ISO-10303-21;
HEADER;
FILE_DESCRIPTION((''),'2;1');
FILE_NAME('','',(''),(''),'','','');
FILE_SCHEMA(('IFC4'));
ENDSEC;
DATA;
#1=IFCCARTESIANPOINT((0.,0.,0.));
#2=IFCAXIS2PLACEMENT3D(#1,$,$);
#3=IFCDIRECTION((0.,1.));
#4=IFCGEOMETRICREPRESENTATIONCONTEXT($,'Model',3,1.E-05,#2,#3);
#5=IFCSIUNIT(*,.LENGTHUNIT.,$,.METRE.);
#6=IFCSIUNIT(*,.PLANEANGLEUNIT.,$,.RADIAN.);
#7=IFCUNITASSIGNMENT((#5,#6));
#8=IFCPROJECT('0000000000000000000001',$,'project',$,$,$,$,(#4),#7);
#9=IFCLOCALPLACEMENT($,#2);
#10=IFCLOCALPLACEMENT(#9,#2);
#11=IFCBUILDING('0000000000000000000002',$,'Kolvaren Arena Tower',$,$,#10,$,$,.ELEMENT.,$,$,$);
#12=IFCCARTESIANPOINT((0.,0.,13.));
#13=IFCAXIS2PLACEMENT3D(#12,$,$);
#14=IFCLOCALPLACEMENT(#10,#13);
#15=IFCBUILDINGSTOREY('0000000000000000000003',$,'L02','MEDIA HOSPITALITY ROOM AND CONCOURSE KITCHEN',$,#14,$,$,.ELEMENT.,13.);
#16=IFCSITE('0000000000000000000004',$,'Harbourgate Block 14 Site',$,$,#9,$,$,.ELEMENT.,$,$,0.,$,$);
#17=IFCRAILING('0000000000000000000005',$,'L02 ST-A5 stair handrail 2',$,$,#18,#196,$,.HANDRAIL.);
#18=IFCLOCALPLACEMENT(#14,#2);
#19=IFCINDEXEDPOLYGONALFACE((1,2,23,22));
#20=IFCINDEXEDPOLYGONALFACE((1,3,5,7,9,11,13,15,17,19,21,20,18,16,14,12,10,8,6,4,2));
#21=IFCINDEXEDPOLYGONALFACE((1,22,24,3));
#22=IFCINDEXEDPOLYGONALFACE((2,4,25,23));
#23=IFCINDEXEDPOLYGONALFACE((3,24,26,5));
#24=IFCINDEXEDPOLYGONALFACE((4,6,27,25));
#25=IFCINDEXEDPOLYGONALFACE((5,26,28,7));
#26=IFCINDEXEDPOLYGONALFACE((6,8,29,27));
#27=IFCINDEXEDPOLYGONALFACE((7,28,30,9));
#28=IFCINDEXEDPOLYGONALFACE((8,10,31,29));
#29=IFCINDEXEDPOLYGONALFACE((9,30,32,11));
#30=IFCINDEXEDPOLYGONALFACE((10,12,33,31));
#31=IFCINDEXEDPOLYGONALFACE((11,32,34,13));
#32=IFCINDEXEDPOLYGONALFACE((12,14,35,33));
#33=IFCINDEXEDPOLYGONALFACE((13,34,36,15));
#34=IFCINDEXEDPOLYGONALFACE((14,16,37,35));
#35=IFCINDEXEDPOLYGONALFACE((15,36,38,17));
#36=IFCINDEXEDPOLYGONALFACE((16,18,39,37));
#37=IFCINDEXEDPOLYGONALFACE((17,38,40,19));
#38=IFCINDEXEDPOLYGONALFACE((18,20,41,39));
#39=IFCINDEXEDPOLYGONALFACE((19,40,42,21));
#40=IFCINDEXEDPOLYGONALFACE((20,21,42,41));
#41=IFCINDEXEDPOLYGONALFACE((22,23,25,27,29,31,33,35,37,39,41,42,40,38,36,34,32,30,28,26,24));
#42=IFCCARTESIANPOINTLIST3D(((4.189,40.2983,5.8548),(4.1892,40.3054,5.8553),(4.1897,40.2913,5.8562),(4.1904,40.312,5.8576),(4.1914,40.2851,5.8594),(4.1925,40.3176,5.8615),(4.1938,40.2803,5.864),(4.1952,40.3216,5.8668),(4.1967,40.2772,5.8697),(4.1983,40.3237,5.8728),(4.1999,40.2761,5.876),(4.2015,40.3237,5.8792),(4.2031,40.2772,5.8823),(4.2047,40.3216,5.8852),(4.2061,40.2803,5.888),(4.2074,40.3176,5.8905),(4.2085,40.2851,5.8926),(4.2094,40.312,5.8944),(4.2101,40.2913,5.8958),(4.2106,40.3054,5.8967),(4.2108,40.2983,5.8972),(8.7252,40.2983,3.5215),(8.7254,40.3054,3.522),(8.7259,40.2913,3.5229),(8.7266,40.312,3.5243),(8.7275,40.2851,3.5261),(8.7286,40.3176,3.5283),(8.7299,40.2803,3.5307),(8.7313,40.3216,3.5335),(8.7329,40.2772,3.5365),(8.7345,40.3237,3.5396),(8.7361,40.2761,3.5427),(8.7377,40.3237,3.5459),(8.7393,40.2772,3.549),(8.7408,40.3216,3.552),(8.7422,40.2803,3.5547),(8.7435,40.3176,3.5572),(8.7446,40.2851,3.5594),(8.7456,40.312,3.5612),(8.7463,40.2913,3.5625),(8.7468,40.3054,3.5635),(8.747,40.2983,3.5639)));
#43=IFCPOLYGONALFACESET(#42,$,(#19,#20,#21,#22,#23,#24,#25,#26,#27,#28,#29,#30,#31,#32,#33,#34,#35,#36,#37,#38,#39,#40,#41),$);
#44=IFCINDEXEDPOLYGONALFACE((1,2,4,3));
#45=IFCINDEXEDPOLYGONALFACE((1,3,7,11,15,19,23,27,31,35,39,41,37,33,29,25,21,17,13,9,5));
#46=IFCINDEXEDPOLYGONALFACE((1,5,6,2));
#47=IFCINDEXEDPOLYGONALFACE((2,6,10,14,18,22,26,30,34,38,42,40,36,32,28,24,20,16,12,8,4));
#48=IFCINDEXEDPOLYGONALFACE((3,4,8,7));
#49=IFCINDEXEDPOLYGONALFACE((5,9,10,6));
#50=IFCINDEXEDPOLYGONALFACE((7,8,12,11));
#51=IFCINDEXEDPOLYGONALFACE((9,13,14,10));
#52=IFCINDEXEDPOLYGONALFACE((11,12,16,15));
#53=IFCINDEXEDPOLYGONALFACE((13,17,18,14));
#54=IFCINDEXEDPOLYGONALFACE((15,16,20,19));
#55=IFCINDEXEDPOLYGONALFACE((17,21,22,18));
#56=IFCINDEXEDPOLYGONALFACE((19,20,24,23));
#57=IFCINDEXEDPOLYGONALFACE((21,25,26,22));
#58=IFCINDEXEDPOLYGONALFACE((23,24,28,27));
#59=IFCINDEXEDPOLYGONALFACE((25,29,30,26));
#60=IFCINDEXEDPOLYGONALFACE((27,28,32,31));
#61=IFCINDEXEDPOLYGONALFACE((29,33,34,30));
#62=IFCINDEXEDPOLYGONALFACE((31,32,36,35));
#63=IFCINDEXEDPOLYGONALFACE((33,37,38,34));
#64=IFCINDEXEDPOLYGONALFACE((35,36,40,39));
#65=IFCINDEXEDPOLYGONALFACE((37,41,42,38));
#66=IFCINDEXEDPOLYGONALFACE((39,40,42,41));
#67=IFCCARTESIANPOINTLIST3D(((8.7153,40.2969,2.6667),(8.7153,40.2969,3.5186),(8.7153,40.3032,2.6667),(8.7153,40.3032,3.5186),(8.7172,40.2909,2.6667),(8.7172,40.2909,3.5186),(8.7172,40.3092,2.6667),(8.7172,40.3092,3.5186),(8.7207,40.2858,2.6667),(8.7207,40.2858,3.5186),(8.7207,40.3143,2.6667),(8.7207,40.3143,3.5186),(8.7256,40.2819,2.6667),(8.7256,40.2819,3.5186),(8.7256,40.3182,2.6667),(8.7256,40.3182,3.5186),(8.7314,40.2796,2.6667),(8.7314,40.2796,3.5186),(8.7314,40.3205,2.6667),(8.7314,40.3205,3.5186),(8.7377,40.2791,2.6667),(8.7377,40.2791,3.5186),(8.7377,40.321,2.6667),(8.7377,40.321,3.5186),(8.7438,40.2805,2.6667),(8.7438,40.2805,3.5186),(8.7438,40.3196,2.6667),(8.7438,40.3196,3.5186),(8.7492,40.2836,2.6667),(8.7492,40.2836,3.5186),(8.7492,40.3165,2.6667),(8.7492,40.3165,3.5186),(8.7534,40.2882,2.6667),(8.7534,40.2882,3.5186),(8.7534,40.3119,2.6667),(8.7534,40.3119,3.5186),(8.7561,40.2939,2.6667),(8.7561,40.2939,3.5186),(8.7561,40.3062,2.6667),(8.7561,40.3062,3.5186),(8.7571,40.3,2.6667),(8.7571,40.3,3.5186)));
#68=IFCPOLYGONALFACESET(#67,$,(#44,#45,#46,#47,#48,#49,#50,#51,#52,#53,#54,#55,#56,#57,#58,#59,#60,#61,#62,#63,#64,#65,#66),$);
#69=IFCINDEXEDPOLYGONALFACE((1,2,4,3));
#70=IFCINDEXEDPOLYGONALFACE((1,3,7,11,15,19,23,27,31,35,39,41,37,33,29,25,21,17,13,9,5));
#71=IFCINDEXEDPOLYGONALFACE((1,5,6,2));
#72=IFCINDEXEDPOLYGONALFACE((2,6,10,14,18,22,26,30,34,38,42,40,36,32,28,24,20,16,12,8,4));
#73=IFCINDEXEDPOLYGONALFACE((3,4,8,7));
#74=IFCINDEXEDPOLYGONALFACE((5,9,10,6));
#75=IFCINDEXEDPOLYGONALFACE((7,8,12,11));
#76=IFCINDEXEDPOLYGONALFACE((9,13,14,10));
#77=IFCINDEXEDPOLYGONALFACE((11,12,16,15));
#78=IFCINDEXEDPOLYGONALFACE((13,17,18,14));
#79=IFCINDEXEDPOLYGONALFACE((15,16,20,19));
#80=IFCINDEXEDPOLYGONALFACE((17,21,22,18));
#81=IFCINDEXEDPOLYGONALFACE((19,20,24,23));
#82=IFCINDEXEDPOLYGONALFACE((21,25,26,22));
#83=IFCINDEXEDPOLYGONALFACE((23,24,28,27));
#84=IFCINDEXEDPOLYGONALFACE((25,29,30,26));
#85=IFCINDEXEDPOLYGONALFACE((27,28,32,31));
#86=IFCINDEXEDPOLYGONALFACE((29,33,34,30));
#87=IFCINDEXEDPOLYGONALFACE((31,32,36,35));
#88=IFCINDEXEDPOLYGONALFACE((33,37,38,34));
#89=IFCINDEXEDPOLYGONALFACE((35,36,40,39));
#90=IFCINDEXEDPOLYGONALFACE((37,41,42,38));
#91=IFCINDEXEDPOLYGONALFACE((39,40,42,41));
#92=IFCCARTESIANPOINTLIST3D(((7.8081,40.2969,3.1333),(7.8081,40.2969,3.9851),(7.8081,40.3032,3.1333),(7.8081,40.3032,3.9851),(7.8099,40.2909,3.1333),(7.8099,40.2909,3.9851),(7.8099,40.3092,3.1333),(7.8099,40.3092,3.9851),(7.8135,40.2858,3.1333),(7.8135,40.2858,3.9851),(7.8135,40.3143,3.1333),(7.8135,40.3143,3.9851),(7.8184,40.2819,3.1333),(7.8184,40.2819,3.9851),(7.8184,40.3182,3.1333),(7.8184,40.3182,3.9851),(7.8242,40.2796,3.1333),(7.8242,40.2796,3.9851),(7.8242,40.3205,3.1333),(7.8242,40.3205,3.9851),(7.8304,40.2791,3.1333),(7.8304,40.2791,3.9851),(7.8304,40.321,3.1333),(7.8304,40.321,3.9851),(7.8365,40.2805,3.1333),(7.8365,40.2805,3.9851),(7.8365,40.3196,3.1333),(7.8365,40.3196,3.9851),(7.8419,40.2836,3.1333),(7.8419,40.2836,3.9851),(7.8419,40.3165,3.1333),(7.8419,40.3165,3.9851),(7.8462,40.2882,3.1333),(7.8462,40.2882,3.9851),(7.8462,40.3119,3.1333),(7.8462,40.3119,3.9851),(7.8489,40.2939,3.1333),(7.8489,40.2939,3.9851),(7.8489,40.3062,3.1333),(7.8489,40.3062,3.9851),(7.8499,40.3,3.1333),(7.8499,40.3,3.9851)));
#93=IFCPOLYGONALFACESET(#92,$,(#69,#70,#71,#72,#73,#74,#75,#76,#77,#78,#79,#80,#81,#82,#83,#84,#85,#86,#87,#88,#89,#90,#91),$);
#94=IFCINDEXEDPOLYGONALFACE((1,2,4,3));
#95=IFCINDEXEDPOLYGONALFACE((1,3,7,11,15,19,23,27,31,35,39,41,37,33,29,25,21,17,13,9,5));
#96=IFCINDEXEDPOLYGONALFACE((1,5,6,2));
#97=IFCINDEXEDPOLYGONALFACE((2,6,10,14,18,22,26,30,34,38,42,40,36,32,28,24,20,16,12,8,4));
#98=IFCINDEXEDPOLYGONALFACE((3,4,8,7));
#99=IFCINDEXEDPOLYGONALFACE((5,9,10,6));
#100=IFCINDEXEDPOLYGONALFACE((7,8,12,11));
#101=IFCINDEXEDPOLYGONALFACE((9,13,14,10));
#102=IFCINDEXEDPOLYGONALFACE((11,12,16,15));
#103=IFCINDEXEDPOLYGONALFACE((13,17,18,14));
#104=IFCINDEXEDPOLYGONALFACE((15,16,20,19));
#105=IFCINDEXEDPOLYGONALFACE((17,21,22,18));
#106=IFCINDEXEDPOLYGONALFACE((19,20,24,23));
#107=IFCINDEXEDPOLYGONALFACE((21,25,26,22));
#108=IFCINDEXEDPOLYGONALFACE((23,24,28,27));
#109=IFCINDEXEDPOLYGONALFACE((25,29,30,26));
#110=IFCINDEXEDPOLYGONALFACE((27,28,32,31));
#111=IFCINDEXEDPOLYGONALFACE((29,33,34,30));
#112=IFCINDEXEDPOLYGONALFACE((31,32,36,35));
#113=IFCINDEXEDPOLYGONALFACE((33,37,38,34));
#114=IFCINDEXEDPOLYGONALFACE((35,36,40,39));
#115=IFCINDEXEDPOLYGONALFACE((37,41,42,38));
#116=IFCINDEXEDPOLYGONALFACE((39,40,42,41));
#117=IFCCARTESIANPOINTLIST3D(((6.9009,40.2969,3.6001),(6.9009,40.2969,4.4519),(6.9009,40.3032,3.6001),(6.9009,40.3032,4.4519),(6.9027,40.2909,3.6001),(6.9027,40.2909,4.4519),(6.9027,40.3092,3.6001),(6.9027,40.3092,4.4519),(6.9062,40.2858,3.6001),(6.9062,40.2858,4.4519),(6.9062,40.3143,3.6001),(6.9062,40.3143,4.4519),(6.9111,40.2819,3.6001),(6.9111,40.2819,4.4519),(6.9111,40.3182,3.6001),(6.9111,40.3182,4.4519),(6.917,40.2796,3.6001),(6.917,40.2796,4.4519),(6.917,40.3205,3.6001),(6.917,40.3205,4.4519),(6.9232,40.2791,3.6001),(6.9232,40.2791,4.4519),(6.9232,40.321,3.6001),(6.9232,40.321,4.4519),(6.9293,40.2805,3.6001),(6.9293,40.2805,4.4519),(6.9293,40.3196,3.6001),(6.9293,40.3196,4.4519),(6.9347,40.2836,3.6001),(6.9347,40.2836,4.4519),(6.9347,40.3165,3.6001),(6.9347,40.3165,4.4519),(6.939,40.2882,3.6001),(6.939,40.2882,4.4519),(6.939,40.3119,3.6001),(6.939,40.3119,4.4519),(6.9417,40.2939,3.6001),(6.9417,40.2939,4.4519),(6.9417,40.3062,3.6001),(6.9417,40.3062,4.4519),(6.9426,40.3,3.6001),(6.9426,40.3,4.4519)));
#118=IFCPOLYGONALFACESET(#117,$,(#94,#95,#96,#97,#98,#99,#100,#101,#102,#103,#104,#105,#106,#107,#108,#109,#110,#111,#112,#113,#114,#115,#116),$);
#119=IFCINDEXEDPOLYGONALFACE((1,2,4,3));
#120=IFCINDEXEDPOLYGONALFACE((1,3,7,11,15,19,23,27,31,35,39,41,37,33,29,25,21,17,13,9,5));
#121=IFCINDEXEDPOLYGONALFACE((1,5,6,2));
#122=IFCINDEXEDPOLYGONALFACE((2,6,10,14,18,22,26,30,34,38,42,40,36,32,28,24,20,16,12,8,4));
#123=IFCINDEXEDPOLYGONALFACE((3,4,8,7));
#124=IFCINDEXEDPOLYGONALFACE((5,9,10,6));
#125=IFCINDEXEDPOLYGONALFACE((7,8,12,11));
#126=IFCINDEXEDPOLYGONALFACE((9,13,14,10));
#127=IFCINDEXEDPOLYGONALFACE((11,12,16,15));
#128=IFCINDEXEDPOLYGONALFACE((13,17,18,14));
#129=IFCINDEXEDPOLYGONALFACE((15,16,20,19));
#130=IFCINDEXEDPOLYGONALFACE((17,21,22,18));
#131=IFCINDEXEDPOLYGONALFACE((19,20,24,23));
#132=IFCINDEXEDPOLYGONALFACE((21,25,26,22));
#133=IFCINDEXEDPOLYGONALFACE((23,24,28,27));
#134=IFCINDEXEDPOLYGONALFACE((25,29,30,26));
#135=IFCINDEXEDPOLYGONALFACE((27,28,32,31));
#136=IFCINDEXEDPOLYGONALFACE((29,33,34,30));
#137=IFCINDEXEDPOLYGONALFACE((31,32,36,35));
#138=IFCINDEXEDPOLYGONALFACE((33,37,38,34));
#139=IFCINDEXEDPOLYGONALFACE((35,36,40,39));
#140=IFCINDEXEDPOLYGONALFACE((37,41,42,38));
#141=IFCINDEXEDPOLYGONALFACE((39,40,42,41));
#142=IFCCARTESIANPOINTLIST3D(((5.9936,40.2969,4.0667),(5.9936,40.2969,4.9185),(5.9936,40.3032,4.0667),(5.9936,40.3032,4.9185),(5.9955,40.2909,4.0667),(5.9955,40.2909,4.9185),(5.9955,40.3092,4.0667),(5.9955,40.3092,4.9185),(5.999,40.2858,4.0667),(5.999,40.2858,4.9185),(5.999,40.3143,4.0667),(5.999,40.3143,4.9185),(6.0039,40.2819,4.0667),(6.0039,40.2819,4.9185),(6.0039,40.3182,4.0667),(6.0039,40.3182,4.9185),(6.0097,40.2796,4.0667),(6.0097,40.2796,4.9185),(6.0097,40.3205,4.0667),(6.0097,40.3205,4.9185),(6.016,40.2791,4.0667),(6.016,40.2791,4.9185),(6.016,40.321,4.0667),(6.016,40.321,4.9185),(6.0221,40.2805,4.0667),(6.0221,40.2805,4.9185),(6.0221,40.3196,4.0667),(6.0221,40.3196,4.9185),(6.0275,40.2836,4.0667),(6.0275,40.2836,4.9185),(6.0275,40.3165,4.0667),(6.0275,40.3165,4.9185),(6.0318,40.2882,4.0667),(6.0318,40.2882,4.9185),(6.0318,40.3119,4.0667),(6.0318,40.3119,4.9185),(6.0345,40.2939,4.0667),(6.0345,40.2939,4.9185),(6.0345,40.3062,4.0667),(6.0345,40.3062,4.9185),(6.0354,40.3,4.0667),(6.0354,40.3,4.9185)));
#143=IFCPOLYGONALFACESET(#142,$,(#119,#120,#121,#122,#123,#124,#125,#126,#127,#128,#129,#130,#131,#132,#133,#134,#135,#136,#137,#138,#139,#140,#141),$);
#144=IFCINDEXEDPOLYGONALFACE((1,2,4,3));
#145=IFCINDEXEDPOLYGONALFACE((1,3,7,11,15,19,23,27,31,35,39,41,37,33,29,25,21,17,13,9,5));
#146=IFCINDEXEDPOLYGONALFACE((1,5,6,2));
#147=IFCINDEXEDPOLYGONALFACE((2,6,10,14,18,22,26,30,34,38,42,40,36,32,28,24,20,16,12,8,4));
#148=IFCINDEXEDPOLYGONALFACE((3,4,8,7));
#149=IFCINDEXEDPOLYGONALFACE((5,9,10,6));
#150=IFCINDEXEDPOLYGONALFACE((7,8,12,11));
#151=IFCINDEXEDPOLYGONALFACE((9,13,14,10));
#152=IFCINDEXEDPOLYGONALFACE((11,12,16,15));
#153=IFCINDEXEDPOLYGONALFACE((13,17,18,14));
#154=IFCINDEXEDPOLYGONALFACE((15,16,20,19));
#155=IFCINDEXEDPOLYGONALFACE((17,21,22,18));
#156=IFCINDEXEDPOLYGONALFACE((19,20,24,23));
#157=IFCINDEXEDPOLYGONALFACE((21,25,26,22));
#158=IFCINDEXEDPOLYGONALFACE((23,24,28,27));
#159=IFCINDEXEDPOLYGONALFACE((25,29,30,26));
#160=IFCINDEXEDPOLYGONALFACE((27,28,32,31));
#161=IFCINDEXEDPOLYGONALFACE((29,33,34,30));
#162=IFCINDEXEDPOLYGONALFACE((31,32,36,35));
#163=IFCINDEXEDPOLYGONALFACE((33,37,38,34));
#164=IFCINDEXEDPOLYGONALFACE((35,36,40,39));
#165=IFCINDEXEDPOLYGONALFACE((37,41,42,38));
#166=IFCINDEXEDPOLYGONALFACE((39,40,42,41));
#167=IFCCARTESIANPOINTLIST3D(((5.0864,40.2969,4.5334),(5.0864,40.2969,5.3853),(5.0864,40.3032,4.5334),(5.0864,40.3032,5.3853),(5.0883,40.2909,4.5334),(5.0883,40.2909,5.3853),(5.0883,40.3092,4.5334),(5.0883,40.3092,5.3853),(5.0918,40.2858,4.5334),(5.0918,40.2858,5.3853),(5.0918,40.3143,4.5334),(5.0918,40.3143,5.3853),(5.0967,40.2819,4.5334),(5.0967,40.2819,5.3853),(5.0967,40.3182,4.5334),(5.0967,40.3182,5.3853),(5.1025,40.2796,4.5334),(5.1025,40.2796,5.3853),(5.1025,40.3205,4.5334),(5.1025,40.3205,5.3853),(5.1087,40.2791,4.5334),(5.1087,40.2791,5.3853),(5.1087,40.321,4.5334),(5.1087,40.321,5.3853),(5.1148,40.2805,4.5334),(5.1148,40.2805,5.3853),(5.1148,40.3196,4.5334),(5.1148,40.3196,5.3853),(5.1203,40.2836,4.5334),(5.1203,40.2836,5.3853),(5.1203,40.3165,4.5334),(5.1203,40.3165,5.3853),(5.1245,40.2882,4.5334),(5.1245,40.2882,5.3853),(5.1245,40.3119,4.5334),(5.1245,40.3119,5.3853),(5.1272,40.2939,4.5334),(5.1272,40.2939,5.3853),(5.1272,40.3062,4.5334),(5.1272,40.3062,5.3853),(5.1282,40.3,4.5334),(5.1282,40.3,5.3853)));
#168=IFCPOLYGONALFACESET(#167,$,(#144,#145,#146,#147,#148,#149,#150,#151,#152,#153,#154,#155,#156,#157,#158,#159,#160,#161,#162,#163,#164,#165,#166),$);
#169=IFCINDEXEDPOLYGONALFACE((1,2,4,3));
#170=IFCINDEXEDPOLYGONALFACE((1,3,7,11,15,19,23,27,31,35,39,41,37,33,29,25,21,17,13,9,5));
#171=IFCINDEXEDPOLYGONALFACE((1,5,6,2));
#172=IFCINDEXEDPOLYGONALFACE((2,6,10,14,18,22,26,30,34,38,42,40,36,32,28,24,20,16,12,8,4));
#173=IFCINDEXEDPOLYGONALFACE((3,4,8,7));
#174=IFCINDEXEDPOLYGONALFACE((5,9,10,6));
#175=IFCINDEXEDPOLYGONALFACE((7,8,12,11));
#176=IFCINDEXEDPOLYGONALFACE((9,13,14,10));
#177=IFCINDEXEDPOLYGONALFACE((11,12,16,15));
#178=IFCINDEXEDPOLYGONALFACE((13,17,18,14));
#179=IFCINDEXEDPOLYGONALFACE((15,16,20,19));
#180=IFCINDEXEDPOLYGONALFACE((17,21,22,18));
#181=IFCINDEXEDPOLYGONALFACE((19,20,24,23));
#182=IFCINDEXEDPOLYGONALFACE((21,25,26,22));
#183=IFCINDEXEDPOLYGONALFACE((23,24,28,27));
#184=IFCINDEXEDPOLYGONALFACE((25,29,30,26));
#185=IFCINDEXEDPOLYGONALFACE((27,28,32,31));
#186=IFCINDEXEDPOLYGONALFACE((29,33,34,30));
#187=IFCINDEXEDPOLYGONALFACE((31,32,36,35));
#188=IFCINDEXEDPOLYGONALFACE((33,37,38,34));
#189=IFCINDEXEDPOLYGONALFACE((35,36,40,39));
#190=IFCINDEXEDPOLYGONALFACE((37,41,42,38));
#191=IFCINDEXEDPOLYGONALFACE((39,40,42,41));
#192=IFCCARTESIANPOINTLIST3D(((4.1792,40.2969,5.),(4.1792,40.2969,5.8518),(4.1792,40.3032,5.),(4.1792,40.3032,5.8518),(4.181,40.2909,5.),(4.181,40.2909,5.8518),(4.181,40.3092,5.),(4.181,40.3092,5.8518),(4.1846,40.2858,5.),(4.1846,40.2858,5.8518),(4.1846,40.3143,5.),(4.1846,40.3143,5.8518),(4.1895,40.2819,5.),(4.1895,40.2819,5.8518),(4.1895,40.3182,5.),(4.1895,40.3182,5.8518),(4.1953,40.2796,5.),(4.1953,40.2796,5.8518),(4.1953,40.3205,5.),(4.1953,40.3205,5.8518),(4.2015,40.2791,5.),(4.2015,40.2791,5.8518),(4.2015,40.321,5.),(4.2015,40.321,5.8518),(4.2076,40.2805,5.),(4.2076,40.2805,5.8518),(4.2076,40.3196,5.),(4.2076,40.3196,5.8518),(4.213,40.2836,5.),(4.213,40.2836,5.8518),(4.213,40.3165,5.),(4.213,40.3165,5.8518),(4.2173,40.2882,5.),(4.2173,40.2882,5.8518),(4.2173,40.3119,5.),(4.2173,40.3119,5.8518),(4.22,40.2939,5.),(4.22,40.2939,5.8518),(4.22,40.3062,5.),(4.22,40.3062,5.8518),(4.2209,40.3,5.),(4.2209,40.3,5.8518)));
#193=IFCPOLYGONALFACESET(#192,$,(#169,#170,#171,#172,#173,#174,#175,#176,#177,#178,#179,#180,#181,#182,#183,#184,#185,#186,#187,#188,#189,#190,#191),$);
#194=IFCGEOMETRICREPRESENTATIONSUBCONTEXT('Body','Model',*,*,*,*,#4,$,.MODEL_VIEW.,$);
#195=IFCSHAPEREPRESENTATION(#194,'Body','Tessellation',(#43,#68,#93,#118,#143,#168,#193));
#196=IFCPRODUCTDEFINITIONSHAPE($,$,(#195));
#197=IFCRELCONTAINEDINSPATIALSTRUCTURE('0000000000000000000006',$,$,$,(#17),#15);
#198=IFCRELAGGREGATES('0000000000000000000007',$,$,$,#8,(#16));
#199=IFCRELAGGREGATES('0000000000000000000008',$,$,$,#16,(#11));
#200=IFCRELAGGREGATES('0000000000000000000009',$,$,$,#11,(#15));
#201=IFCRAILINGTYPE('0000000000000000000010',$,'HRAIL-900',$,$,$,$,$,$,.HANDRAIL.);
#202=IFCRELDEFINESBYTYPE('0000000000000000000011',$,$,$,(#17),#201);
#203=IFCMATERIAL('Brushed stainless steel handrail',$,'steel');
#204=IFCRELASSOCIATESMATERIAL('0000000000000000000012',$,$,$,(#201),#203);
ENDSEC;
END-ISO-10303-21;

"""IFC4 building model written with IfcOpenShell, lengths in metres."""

from ifc_helpers import new_model, si_unit, direction, frame, origin, origin_2d, place, context, subcontext, project, spatial, circle, extrude, material, type_object, element, save


model = new_model("IFC4")

# Units and contexts
model_context = context("Model", 3, precision=1e-05, world=origin(), true_north=direction((0.0, 1.0)))
body_context = subcontext(model_context, "Body", "Model", "MODEL_VIEW")
ifc_project = project(units=[si_unit("LENGTHUNIT", "METRE"), si_unit("PLANEANGLEUNIT", "RADIAN")], contexts=[model_context])

# Site, building, storey
site_placement = place(None, origin())
site = spatial("IfcSite", under=ifc_project, at=site_placement, Name="Harbourgate Block 14 Site", CompositionType="ELEMENT", RefElevation=0.0)
building_placement = place(site_placement, origin())
building = spatial("IfcBuilding", under=site, at=building_placement, Name="Kolvaren Arena Tower", CompositionType="ELEMENT")
storey_placement = place(building_placement, frame((0.0, 0.0, 13.0)))
storey = spatial("IfcBuildingStorey", under=building, at=storey_placement, Name="L02", Description="MEDIA HOSPITALITY ROOM AND CONCOURSE KITCHEN", CompositionType="ELEMENT", Elevation=13.0)

# Railing
ifc_material_1 = material(Name="Brushed stainless steel handrail", Category="steel")
railing_type_1 = type_object("IfcRailingType", Name="HRAIL-900", PredefinedType="HANDRAIL", material=ifc_material_1)
railing_1_placement = place(storey_placement, frame((8.7361, 40.3, 2.6667)))
element("IfcRailing", 1, at=railing_1_placement, inside=storey, type_object=railing_type_1, Name="L02 ST-A5 stair handrail 2", PredefinedType="HANDRAIL", context=body_context, shape_type="SweptSolid", body=[
    extrude(circle(Radius=0.0239, at=origin_2d()), frame((0.0, 0.0, 0.876), z_axis=(-0.889257, 0.0, 0.457407), x_axis=(0.0, -1.0, 0.0)), (0.0, 0.0, 1.0), 5.1011),
    extrude(circle(Radius=0.021, at=origin_2d()), origin(), (0.0, 0.0, 1.0), 0.8518),
    extrude(circle(Radius=0.021, at=origin_2d()), frame((-0.9072, 0.0, 0.4666)), (0.0, 0.0, 1.0), 0.8518),
    extrude(circle(Radius=0.021, at=origin_2d()), frame((-1.8145, 0.0, 0.9333)), (0.0, 0.0, 1.0), 0.8518),
    extrude(circle(Radius=0.021, at=origin_2d()), frame((-2.7217, 0.0, 1.3999)), (0.0, 0.0, 1.0), 0.8518),
    extrude(circle(Radius=0.021, at=origin_2d()), frame((-3.6289, 0.0, 1.8667)), (0.0, 0.0, 1.0), 0.8518),
    extrude(circle(Radius=0.021, at=origin_2d()), frame((-4.5361, 0.0, 2.3333)), (0.0, 0.0, 1.0), 0.8518),
])

save(model, "model.ifc")
